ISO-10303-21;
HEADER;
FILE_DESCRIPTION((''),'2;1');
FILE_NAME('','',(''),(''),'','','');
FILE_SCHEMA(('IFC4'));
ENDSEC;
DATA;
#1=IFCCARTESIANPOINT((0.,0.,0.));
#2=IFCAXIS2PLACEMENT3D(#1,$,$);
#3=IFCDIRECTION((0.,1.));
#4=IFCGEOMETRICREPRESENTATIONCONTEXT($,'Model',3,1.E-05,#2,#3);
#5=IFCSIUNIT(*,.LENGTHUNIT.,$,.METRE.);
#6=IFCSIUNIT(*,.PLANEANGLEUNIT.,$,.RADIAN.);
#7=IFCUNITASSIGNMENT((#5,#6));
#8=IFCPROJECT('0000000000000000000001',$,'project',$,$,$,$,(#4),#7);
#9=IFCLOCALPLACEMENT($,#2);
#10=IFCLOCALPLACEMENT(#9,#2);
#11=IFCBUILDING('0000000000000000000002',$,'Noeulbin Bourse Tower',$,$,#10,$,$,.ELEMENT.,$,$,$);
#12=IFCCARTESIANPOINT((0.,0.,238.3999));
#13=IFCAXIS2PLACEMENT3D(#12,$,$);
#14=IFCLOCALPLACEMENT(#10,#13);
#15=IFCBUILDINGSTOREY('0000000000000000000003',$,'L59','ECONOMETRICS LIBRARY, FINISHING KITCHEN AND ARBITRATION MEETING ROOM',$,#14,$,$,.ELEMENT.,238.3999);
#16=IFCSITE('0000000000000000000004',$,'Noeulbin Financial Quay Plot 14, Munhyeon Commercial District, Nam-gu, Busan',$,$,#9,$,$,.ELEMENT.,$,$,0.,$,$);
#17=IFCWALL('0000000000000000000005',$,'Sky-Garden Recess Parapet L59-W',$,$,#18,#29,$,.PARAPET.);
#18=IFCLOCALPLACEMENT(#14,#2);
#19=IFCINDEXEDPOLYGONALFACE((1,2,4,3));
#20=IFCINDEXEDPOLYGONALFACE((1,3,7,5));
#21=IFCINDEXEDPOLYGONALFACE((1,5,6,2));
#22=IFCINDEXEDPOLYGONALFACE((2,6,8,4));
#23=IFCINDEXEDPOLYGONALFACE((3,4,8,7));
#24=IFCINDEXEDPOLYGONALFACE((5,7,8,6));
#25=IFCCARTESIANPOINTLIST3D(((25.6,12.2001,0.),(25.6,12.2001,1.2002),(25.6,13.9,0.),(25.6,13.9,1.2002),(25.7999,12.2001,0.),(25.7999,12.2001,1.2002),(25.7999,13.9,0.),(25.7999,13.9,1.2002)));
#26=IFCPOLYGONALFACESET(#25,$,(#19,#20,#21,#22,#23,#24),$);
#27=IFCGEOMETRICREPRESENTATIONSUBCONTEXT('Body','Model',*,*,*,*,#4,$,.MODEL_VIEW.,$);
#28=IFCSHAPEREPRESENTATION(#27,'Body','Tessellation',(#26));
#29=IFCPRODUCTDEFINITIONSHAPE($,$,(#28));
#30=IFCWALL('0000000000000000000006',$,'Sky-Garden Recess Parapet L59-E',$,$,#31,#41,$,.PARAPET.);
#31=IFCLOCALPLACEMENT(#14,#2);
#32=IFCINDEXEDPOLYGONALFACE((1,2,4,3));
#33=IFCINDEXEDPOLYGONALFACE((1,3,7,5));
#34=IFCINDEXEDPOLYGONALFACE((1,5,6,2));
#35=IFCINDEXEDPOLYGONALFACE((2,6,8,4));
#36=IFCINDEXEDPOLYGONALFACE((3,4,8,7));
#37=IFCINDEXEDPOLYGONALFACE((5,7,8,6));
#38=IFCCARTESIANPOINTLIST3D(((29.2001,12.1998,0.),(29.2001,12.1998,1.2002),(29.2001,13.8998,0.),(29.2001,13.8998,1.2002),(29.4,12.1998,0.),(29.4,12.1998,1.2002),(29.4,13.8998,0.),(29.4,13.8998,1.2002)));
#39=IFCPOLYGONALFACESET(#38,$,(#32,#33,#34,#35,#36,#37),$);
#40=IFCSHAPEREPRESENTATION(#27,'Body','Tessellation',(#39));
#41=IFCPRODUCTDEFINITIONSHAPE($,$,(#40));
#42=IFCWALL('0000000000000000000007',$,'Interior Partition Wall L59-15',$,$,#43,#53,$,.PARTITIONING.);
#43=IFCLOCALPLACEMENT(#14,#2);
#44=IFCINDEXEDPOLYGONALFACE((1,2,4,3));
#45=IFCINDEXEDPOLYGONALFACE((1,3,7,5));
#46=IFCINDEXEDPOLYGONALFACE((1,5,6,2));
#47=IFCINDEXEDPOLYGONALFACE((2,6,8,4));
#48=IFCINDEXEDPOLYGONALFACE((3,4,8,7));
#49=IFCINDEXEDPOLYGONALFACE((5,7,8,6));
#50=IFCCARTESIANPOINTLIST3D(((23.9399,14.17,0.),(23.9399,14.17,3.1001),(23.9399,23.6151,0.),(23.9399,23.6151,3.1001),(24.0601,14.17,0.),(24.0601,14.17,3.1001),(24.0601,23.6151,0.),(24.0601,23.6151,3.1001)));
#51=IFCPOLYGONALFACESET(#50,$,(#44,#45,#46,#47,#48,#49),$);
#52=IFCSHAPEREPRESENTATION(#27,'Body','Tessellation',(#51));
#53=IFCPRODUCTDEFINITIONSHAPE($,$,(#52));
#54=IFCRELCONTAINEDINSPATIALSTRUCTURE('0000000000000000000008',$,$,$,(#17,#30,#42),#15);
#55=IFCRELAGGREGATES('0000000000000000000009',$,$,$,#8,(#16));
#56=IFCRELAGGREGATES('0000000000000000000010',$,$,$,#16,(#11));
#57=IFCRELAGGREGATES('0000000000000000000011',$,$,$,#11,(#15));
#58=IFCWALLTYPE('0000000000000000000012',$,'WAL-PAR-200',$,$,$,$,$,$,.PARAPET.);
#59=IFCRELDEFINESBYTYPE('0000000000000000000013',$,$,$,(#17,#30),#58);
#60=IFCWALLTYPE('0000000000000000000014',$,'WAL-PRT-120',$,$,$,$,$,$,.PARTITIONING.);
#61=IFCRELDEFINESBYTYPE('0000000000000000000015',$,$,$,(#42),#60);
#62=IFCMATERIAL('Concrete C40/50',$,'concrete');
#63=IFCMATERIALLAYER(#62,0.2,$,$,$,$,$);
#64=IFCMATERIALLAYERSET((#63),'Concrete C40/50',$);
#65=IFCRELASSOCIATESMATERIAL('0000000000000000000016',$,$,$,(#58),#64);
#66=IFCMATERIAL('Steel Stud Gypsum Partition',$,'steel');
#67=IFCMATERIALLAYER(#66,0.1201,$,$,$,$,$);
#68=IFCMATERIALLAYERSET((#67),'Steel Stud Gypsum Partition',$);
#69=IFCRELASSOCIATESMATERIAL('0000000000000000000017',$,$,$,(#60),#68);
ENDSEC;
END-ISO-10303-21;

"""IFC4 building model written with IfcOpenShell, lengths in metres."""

from ifc_helpers import new_model, si_unit, direction, frame, frame_2d, origin, place, context, subcontext, project, spatial, rectangle, extrude, material, layer, layer_set, type_object, element, save


model = new_model("IFC4")

# Units and contexts
model_context = context("Model", 3, precision=1e-05, world=origin(), true_north=direction((0.0, 1.0)))
body_context = subcontext(model_context, "Body", "Model", "MODEL_VIEW")
ifc_project = project(units=[si_unit("LENGTHUNIT", "METRE"), si_unit("PLANEANGLEUNIT", "RADIAN")], contexts=[model_context])

# Site, building, storey
site_placement = place(None, origin())
site = spatial("IfcSite", under=ifc_project, at=site_placement, Name="Noeulbin Financial Quay Plot 14, Munhyeon Commercial District, Nam-gu, Busan", CompositionType="ELEMENT", RefElevation=0.0)
building_placement = place(site_placement, origin())
building = spatial("IfcBuilding", under=site, at=building_placement, Name="Noeulbin Bourse Tower", CompositionType="ELEMENT")
storey_placement = place(building_placement, frame((0.0, 0.0, 238.3999)))
storey = spatial("IfcBuildingStorey", under=building, at=storey_placement, Name="L59", Description="ECONOMETRICS LIBRARY, FINISHING KITCHEN AND ARBITRATION MEETING ROOM", CompositionType="ELEMENT", Elevation=238.3999)

# Walls
ifc_material_1 = material(Name="Concrete C40/50", Category="concrete")
ifc_layer_1 = layer(ifc_material_1, 0.2)
ifc_layer_set_1 = layer_set([ifc_layer_1], Name="Concrete C40/50")
wall_type_1 = type_object("IfcWallType", Name="WAL-PAR-200", PredefinedType="PARAPET", material=ifc_layer_set_1)
for number, where, z_axis, x_axis, name in (
    (1, (25.7, 12.2, 0.0), (0.0, 0.0, 1.0), (0.0, 1.0, 0.0), "Sky-Garden Recess Parapet L59-W"),
    (2, (29.3, 13.8999, 0.0), (0.0, 0.0, 1.0), (0.0, -1.0, 0.0), "Sky-Garden Recess Parapet L59-E"),
):
    element("IfcWall", number, at=place(storey_placement, frame(where, z_axis=z_axis, x_axis=x_axis)), inside=storey, type_object=wall_type_1, Name=name, PredefinedType="PARAPET", context=body_context, shape_type="SweptSolid", body=[
        extrude(rectangle(XDim=1.7, YDim=0.2, at=frame_2d((0.8501, 0.0))), origin(), (0.0, 0.0, 1.0), 1.2002),
    ])
ifc_material_2 = material(Name="Steel Stud Gypsum Partition", Category="steel")
ifc_layer_2 = layer(ifc_material_2, 0.1201)
ifc_layer_set_2 = layer_set([ifc_layer_2], Name="Steel Stud Gypsum Partition")
wall_type_2 = type_object("IfcWallType", Name="WAL-PRT-120", PredefinedType="PARTITIONING", material=ifc_layer_set_2)
wall_placement = place(storey_placement, frame((24.0, 14.1699, 0.0), z_axis=(0.0, 0.0, 1.0), x_axis=(0.0, 1.0, 0.0)))
element("IfcWall", 3, at=wall_placement, inside=storey, type_object=wall_type_2, Name="Interior Partition Wall L59-15", PredefinedType="PARTITIONING", context=body_context, shape_type="SweptSolid", body=[
    extrude(rectangle(XDim=9.4451, YDim=0.1201, at=frame_2d((4.7227, 0.0))), origin(), (0.0, 0.0, 1.0), 3.1001),
])

save(model, "model.ifc")
